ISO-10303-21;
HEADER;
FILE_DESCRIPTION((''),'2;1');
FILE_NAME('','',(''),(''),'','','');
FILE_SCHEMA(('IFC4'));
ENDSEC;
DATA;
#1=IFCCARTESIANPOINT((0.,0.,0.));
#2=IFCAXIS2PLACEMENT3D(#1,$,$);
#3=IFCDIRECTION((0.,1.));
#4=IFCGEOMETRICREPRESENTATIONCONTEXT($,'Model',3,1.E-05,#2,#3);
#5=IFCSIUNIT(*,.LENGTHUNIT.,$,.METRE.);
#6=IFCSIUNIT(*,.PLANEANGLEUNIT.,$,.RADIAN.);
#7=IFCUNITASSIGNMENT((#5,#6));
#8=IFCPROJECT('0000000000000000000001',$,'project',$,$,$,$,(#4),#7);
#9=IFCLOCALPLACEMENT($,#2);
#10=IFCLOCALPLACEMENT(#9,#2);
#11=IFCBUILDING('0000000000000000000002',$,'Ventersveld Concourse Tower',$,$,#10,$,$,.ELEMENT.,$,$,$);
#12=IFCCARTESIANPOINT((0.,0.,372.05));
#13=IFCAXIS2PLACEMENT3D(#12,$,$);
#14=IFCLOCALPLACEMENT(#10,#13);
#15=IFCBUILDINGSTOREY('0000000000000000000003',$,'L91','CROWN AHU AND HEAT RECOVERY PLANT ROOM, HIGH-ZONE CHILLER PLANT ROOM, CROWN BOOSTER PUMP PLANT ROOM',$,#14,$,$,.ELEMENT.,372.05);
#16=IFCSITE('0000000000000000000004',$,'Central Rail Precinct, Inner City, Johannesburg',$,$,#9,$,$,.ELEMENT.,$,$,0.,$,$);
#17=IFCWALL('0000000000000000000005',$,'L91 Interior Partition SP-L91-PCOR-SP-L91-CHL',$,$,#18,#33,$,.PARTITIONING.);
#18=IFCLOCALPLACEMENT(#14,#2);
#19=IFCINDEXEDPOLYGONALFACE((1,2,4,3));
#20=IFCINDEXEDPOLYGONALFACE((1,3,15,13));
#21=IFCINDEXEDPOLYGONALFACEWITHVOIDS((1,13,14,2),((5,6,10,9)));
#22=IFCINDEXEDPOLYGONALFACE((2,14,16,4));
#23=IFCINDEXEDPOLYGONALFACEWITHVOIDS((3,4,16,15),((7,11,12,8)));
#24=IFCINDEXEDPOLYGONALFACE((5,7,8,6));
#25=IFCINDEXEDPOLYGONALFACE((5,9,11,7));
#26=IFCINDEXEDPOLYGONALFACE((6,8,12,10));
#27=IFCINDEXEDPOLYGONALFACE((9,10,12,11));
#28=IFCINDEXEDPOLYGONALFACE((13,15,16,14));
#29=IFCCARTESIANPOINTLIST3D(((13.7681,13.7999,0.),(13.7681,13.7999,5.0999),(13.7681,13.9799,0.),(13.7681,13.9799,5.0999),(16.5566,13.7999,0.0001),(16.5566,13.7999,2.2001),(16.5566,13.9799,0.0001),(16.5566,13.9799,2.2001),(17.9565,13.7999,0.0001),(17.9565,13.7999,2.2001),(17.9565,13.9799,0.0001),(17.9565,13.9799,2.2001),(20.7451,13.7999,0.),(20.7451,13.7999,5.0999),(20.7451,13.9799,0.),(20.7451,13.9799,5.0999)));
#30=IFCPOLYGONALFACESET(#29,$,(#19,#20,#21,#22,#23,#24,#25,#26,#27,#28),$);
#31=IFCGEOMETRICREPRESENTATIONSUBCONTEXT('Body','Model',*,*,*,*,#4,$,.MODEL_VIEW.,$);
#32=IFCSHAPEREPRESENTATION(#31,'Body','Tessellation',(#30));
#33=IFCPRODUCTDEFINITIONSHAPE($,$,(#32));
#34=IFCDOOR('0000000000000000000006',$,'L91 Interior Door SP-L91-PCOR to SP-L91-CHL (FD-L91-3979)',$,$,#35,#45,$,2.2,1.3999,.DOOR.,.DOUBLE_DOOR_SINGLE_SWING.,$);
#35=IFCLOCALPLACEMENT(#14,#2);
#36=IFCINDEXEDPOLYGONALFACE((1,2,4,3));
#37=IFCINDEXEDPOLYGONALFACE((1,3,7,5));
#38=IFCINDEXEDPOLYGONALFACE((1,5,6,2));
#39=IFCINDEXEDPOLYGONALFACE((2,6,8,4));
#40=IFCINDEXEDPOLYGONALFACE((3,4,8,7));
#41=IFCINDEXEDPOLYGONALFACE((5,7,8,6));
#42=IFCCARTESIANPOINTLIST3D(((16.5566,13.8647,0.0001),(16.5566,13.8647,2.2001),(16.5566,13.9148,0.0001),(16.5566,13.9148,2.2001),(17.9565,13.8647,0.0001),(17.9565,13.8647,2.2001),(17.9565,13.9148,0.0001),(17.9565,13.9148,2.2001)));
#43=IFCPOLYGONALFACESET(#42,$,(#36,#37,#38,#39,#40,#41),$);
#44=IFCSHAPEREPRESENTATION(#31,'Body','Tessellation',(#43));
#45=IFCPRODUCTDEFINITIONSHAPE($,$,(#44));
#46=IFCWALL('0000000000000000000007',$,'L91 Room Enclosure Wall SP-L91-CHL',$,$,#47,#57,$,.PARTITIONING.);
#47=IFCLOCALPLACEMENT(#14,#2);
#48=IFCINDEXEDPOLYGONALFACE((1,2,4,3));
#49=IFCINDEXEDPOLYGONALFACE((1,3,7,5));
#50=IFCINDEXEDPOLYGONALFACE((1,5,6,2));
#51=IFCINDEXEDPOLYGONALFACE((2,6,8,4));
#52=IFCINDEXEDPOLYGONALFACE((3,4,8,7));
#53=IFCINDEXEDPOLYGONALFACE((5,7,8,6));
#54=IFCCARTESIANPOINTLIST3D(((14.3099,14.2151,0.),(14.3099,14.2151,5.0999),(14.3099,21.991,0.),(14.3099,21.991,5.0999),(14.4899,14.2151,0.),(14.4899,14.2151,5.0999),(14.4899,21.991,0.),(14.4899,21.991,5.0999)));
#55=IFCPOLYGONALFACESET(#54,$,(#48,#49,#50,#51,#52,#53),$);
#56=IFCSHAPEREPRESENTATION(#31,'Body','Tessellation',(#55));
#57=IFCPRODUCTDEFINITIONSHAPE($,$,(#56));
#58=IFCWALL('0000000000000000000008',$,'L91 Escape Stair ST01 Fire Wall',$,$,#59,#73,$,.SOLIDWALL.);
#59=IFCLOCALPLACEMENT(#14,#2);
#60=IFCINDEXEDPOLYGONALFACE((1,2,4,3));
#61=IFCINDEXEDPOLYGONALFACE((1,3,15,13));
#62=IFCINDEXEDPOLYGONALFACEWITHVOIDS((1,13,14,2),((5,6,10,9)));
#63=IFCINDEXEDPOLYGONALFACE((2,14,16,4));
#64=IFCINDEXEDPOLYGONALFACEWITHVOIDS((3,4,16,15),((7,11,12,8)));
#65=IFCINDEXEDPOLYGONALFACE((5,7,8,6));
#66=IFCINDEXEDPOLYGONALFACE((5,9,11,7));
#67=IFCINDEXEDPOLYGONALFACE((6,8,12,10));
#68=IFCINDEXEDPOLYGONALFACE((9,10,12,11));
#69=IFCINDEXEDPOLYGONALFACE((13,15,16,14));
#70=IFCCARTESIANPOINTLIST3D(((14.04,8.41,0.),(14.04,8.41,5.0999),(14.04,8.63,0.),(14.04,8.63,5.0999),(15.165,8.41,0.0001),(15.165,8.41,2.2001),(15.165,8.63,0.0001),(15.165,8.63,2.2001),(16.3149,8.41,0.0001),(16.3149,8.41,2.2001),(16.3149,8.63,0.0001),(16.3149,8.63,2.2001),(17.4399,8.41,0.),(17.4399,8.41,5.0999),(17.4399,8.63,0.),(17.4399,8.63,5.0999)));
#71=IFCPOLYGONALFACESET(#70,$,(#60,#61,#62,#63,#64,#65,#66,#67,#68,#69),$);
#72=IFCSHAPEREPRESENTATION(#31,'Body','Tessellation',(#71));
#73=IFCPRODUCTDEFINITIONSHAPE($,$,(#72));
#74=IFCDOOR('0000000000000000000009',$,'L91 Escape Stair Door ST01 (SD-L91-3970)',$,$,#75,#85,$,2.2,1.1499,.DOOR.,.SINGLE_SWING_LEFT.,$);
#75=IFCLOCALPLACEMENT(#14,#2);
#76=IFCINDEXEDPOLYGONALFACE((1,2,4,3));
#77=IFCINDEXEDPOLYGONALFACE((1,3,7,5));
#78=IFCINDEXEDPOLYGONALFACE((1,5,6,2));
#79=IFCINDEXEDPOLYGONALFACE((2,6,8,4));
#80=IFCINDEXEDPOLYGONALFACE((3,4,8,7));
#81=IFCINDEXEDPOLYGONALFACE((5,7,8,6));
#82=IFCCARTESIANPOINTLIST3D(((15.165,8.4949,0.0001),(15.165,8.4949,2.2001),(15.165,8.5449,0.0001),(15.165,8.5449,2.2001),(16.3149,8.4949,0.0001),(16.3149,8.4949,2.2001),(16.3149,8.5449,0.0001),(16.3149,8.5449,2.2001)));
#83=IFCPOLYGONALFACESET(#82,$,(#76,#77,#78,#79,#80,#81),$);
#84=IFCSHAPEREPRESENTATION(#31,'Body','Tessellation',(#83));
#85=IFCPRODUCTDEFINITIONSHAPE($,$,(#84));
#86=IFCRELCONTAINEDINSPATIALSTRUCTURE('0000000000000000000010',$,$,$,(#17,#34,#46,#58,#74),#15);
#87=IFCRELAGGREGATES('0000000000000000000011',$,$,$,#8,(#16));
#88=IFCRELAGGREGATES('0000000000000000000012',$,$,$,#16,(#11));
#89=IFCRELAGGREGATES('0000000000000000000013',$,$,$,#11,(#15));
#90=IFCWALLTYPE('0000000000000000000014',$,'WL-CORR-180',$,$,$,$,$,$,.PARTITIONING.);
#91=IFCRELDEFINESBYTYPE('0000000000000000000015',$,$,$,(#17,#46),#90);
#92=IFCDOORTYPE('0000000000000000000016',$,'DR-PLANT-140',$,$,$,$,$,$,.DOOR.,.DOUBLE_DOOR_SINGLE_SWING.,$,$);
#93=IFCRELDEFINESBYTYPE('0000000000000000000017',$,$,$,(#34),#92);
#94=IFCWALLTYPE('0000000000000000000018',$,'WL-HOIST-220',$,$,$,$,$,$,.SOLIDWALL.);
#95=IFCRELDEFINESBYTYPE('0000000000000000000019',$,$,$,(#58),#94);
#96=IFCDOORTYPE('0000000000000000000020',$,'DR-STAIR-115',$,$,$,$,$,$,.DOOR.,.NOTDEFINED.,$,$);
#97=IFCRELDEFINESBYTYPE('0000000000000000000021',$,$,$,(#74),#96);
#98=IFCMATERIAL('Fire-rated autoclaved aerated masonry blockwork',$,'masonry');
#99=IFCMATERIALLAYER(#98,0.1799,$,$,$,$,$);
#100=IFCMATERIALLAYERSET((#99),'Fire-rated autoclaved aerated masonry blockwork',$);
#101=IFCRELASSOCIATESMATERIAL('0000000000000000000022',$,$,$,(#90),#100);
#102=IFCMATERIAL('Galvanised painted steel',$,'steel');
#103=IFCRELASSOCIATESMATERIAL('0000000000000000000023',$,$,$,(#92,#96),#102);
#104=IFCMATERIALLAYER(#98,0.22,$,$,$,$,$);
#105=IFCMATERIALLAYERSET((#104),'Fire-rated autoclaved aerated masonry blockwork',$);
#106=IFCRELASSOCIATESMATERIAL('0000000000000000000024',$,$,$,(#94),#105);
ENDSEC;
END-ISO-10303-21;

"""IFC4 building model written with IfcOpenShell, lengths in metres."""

from ifc_helpers import new_model, si_unit, direction, frame, frame_2d, origin, place, context, subcontext, project, spatial, rectangle, extrude, material, layer, layer_set, type_object, element, fill, save


model = new_model("IFC4")

# Units and contexts
model_context = context("Model", 3, precision=1e-05, world=origin(), true_north=direction((0.0, 1.0)))
body_context = subcontext(model_context, "Body", "Model", "MODEL_VIEW")
ifc_project = project(units=[si_unit("LENGTHUNIT", "METRE"), si_unit("PLANEANGLEUNIT", "RADIAN")], contexts=[model_context])

# Site, building, storey
site_placement = place(None, origin())
site = spatial("IfcSite", under=ifc_project, at=site_placement, Name="Central Rail Precinct, Inner City, Johannesburg", CompositionType="ELEMENT", RefElevation=0.0)
building_placement = place(site_placement, origin())
building = spatial("IfcBuilding", under=site, at=building_placement, Name="Ventersveld Concourse Tower", CompositionType="ELEMENT")
storey_placement = place(building_placement, frame((0.0, 0.0, 372.05)))
storey = spatial("IfcBuildingStorey", under=building, at=storey_placement, Name="L91", Description="CROWN AHU AND HEAT RECOVERY PLANT ROOM, HIGH-ZONE CHILLER PLANT ROOM, CROWN BOOSTER PUMP PLANT ROOM", CompositionType="ELEMENT", Elevation=372.05)

# Wall, opening, door
ifc_material_1 = material(Name="Fire-rated autoclaved aerated masonry blockwork", Category="masonry")
ifc_layer_1 = layer(ifc_material_1, 0.1799)
ifc_layer_set_1 = layer_set([ifc_layer_1], Name="Fire-rated autoclaved aerated masonry blockwork")
wall_type_1 = type_object("IfcWallType", Name="WL-CORR-180", PredefinedType="PARTITIONING", material=ifc_layer_set_1)
wall_1_placement = place(storey_placement, frame((13.7681, 13.8899, 0.0), z_axis=(0.0, 0.0, 1.0), x_axis=(1.0, 0.0, 0.0)))
wall_1 = element("IfcWall", 1, at=wall_1_placement, inside=storey, type_object=wall_type_1, Name="L91 Interior Partition SP-L91-PCOR-SP-L91-CHL", PredefinedType="PARTITIONING", context=body_context, shape_type="SweptSolid", body=[
    extrude(rectangle(XDim=6.9771, YDim=0.1799, at=frame_2d((3.4885, 0.0))), origin(), (0.0, 0.0, 1.0), 5.0999),
])
opening_1_placement = place(wall_1_placement, frame((2.7886, 0.0, 0.0)))
opening_1 = element("IfcOpeningElement", 2, at=opening_1_placement, cuts=wall_1, PredefinedType="OPENING", context=body_context, shape_type="SweptSolid", body=[
    extrude(rectangle(XDim=1.3999, YDim=2.2, at=frame_2d((0.7, 1.1001))), frame((0.0, 0.1001, 0.0), z_axis=(0.0, -1.0, 0.0), x_axis=(1.0, 0.0, 0.0)), (0.0, 0.0, 1.0), 0.2),
])
ifc_material_2 = material(Name="Galvanised painted steel", Category="steel")
door_type_1 = type_object("IfcDoorType", Name="DR-PLANT-140", OperationType="DOUBLE_DOOR_SINGLE_SWING", PredefinedType="DOOR", material=ifc_material_2)
door_1_placement = place(opening_1_placement, origin())
door_1 = element("IfcDoor", 3, at=door_1_placement, inside=storey, type_object=door_type_1, Name="L91 Interior Door SP-L91-PCOR to SP-L91-CHL (FD-L91-3979)", OperationType="DOUBLE_DOOR_SINGLE_SWING", OverallHeight=2.2, OverallWidth=1.3999, PredefinedType="DOOR", context=body_context, shape_type="SweptSolid", body=[
    extrude(rectangle(XDim=1.3999, YDim=2.2, at=frame_2d((0.7, 1.1001))), frame((0.0, 0.0249, 0.0), z_axis=(0.0, -1.0, 0.0), x_axis=(1.0, 0.0, 0.0)), (0.0, 0.0, 1.0), 0.05),
])
fill(opening_1, door_1)

# Wall
wall_2_placement = place(storey_placement, frame((14.3999, 21.991, 0.0), z_axis=(0.0, 0.0, 1.0), x_axis=(0.0, -1.0, 0.0)))
element("IfcWall", 4, at=wall_2_placement, inside=storey, type_object=wall_type_1, Name="L91 Room Enclosure Wall SP-L91-CHL", PredefinedType="PARTITIONING", context=body_context, shape_type="SweptSolid", body=[
    extrude(rectangle(XDim=7.7759, YDim=0.1799, at=frame_2d((3.8879, 0.0))), origin(), (0.0, 0.0, 1.0), 5.0999),
])

# Wall, opening, door
ifc_layer_2 = layer(ifc_material_1, 0.22)
ifc_layer_set_2 = layer_set([ifc_layer_2], Name="Fire-rated autoclaved aerated masonry blockwork")
wall_type_2 = type_object("IfcWallType", Name="WL-HOIST-220", PredefinedType="SOLIDWALL", material=ifc_layer_set_2)
wall_3_placement = place(storey_placement, frame((14.04, 8.52, 0.0), z_axis=(0.0, 0.0, 1.0), x_axis=(1.0, 0.0, 0.0)))
wall_3 = element("IfcWall", 5, at=wall_3_placement, inside=storey, type_object=wall_type_2, Name="L91 Escape Stair ST01 Fire Wall", PredefinedType="SOLIDWALL", context=body_context, shape_type="SweptSolid", body=[
    extrude(rectangle(XDim=3.3999, YDim=0.22, at=frame_2d((1.7, 0.0))), origin(), (0.0, 0.0, 1.0), 5.0999),
])
opening_2_placement = place(wall_3_placement, frame((1.125, 0.0, 0.0)))
opening_2 = element("IfcOpeningElement", 6, at=opening_2_placement, cuts=wall_3, PredefinedType="OPENING", context=body_context, shape_type="SweptSolid", body=[
    extrude(rectangle(XDim=1.1499, YDim=2.2, at=frame_2d((0.575, 1.1001))), frame((0.0, 0.1201, 0.0), z_axis=(0.0, -1.0, 0.0), x_axis=(1.0, 0.0, 0.0)), (0.0, 0.0, 1.0), 0.24),
])
door_type_2 = type_object("IfcDoorType", Name="DR-STAIR-115", OperationType="NOTDEFINED", PredefinedType="DOOR", material=ifc_material_2)
door_2_placement = place(opening_2_placement, origin())
door_2 = element("IfcDoor", 7, at=door_2_placement, inside=storey, type_object=door_type_2, Name="L91 Escape Stair Door ST01 (SD-L91-3970)", OperationType="SINGLE_SWING_LEFT", OverallHeight=2.2, OverallWidth=1.1499, PredefinedType="DOOR", context=body_context, shape_type="SweptSolid", body=[
    extrude(rectangle(XDim=1.1499, YDim=2.2, at=frame_2d((0.575, 1.1001))), frame((0.0, 0.0249, 0.0), z_axis=(0.0, -1.0, 0.0), x_axis=(1.0, 0.0, 0.0)), (0.0, 0.0, 1.0), 0.05),
])
fill(opening_2, door_2)

save(model, "model.ifc")
